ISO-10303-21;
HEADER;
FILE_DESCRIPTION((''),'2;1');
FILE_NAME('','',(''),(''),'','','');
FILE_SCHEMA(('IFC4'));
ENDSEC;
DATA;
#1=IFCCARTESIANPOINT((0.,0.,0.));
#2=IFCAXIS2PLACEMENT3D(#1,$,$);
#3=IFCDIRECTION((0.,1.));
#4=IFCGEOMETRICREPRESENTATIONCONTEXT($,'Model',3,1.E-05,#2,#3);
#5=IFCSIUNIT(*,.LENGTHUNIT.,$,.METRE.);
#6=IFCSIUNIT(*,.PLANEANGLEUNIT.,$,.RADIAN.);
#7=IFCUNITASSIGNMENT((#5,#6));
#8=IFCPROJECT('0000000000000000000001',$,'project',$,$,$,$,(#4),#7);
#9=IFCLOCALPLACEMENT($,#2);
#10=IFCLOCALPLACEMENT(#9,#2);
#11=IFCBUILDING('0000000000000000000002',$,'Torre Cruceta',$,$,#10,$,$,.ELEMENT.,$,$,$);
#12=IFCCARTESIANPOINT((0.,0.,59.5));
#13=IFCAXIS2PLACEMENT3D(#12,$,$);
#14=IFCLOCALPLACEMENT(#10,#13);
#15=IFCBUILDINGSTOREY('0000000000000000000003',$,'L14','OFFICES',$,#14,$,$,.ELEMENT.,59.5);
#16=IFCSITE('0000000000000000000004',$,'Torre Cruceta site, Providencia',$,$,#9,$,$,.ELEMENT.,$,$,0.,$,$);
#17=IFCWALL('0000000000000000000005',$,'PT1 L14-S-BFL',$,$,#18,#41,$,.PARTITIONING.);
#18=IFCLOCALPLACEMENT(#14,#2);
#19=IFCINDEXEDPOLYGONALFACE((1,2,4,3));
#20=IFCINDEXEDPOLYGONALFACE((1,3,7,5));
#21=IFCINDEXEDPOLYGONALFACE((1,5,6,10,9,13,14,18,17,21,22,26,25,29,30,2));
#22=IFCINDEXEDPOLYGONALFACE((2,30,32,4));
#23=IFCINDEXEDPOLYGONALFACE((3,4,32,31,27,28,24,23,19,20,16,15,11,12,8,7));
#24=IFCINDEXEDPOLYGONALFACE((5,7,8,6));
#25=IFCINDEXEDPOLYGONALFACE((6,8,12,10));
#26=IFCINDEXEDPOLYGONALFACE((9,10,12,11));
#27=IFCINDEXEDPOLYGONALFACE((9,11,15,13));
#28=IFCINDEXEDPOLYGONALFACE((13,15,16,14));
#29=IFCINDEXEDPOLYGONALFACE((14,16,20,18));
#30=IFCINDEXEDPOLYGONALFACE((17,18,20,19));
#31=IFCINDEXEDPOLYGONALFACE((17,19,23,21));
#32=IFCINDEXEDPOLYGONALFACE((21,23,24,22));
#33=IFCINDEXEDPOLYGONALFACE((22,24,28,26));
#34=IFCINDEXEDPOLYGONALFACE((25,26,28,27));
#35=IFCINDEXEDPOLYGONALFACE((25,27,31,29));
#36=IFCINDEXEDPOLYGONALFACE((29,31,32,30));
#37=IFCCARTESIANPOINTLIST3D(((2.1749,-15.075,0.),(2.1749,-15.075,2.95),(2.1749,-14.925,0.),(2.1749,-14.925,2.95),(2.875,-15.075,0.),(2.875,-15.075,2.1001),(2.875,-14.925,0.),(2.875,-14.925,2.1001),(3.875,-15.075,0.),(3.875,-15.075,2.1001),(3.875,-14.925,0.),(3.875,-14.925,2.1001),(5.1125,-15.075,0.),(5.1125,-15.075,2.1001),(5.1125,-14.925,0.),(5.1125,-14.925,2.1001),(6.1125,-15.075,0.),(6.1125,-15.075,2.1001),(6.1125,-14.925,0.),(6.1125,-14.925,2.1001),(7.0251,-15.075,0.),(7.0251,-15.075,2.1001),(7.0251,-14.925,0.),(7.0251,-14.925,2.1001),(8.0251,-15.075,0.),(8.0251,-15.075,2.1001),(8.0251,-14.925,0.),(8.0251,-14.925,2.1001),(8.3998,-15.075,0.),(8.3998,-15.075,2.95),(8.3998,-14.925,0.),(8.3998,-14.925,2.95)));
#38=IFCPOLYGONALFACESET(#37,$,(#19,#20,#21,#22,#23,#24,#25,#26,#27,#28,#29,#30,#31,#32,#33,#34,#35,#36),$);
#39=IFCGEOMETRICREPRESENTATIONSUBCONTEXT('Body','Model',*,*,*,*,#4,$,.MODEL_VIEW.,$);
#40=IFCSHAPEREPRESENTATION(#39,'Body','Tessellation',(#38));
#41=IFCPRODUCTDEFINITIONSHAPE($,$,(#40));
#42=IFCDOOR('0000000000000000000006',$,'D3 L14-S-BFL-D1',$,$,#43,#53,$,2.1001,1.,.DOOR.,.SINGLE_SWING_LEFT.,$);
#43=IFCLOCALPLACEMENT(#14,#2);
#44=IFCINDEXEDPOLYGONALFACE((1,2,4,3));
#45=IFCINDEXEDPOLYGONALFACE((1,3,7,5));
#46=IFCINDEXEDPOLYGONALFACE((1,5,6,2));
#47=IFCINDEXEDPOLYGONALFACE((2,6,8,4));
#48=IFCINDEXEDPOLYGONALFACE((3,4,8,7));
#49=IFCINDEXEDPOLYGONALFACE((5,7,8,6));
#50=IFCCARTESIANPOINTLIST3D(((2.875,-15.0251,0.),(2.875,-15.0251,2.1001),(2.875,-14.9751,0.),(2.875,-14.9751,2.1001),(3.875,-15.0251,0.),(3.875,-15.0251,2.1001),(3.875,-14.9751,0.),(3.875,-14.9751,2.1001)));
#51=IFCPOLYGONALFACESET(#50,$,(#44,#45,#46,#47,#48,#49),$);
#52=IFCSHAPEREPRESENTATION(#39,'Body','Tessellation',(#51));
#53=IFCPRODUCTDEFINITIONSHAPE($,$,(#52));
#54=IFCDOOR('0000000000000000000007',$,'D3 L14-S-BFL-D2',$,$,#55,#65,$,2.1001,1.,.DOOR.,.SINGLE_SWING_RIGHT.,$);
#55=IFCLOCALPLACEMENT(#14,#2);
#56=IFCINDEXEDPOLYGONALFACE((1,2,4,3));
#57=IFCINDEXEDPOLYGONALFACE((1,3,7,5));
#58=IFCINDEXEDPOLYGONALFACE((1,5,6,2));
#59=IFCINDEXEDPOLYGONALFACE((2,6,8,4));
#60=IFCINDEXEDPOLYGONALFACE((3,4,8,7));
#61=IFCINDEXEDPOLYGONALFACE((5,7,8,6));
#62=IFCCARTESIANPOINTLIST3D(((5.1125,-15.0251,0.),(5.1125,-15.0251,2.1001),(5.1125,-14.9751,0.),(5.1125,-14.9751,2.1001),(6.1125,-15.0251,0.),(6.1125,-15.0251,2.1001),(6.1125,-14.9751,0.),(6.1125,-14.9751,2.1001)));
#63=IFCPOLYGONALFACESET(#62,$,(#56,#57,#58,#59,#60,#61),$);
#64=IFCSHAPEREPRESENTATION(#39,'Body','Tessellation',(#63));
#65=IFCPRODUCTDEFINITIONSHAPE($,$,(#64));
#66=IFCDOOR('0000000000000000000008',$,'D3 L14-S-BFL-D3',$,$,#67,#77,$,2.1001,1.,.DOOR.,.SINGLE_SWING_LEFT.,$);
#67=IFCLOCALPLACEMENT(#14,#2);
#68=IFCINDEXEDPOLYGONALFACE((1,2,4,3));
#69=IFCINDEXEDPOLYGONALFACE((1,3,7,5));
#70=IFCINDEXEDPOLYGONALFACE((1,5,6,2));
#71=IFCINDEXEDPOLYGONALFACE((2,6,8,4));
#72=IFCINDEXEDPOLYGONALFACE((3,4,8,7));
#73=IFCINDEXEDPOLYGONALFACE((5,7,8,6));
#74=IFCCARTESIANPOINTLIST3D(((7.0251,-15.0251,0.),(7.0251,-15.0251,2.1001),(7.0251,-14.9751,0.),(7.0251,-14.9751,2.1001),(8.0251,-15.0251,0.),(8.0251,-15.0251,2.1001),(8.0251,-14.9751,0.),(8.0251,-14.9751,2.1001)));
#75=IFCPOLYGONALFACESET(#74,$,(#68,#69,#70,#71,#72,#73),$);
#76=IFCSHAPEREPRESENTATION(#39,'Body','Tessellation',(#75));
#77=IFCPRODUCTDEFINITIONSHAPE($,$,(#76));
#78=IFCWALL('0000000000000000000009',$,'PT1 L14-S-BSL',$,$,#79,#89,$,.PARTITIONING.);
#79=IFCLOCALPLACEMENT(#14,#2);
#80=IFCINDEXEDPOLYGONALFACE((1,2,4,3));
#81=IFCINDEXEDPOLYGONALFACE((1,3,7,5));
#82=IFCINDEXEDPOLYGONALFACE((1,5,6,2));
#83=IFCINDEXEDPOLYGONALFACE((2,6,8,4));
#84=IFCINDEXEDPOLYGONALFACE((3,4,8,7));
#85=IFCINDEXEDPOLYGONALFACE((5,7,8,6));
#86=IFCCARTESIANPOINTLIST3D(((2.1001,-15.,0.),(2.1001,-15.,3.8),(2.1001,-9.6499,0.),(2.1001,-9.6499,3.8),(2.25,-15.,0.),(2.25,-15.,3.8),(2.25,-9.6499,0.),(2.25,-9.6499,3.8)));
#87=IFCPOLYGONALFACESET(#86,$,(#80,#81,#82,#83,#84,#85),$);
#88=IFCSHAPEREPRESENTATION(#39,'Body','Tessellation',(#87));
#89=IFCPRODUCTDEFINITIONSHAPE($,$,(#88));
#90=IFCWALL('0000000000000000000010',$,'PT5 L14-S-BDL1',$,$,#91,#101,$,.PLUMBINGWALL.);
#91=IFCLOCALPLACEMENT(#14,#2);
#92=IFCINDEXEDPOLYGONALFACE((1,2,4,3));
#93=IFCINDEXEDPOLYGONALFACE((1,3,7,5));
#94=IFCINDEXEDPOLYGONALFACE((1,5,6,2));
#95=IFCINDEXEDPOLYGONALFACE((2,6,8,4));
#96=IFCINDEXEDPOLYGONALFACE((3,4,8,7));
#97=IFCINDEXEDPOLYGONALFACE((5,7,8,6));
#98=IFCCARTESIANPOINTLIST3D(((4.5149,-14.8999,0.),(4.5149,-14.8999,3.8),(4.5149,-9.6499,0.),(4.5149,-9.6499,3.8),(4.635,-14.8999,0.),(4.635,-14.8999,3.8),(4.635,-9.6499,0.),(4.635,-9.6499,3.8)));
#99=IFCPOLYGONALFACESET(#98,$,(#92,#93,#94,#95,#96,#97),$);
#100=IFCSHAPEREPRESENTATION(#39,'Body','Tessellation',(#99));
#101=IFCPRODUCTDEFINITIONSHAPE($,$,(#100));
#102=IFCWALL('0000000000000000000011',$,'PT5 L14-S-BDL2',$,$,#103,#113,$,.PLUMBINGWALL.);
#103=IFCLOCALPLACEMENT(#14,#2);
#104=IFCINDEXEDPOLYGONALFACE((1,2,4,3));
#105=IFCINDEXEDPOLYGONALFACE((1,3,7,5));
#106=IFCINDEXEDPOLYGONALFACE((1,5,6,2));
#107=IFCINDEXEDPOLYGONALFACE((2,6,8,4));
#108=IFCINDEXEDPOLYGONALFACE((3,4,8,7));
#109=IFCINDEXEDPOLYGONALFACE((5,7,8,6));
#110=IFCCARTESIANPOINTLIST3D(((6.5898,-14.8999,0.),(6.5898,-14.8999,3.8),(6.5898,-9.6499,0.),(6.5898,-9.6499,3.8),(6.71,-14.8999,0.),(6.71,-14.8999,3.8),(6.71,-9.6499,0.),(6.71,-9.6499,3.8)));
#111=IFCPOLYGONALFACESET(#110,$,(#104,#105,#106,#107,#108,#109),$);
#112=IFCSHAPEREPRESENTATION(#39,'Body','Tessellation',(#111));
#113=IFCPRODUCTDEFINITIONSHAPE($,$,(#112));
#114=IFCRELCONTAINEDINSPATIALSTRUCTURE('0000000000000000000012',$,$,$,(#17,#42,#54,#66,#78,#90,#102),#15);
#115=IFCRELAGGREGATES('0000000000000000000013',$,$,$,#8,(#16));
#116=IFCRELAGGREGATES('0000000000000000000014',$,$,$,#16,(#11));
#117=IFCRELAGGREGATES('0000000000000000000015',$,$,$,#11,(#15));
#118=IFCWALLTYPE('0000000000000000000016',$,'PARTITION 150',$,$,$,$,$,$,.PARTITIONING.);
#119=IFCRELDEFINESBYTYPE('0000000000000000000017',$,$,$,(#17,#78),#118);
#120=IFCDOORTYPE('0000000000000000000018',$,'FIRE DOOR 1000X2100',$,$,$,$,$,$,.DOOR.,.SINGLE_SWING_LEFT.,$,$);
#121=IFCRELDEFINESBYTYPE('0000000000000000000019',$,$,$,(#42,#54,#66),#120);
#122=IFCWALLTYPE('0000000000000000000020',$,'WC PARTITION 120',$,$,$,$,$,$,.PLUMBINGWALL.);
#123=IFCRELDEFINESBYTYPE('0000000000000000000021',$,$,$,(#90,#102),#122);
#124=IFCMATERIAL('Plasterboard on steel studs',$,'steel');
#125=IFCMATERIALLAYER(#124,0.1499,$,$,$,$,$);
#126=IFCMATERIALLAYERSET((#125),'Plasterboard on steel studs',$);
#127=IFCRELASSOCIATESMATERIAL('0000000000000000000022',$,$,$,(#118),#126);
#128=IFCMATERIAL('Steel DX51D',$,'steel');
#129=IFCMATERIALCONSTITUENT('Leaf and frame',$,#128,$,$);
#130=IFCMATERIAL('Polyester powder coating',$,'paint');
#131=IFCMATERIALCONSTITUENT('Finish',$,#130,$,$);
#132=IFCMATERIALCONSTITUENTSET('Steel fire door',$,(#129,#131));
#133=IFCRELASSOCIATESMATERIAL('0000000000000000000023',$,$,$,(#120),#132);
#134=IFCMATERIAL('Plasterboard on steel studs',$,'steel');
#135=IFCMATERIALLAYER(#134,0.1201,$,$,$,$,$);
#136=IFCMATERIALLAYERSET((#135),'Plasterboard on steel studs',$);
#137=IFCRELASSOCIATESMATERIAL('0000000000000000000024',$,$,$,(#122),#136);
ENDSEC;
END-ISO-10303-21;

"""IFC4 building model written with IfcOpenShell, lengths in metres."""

from ifc_helpers import new_model, si_unit, direction, frame, frame_2d, origin, place, context, subcontext, project, spatial, rectangle, extrude, material, layer, layer_set, constituent, constituent_set, type_object, element, fill, save


model = new_model("IFC4")

# Units and contexts
model_context = context("Model", 3, precision=1e-05, world=origin(), true_north=direction((0.0, 1.0)))
body_context = subcontext(model_context, "Body", "Model", "MODEL_VIEW")
ifc_project = project(units=[si_unit("LENGTHUNIT", "METRE"), si_unit("PLANEANGLEUNIT", "RADIAN")], contexts=[model_context])

# Site, building, storey
site_placement = place(None, origin())
site = spatial("IfcSite", under=ifc_project, at=site_placement, Name="Torre Cruceta site, Providencia", CompositionType="ELEMENT", RefElevation=0.0)
building_placement = place(site_placement, origin())
building = spatial("IfcBuilding", under=site, at=building_placement, Name="Torre Cruceta", CompositionType="ELEMENT")
storey_placement = place(building_placement, frame((0.0, 0.0, 59.5)))
storey = spatial("IfcBuildingStorey", under=building, at=storey_placement, Name="L14", Description="OFFICES", CompositionType="ELEMENT", Elevation=59.5)

# Wall, openings, doors
ifc_material_1 = material(Name="Plasterboard on steel studs", Category="steel")
ifc_layer_1 = layer(ifc_material_1, 0.1499)
ifc_layer_set_1 = layer_set([ifc_layer_1], Name="Plasterboard on steel studs")
wall_type_1 = type_object("IfcWallType", Name="PARTITION 150", PredefinedType="PARTITIONING", material=ifc_layer_set_1)
wall_1_placement = place(storey_placement, frame((2.175, -15.0, 0.0), z_axis=(0.0, 0.0, 1.0), x_axis=(1.0, 0.0, 0.0)))
wall_1 = element("IfcWall", 1, at=wall_1_placement, inside=storey, type_object=wall_type_1, Name="PT1 L14-S-BFL", PredefinedType="PARTITIONING", context=body_context, shape_type="SweptSolid", body=[
    extrude(rectangle(XDim=6.2249, YDim=0.1499, at=frame_2d((3.1123, 0.0))), origin(), (0.0, 0.0, 1.0), 2.95),
])
opening_1_placement = place(wall_1_placement, frame((0.7, 0.0, 0.0)))
opening_1 = element("IfcOpeningElement", 2, at=opening_1_placement, cuts=wall_1, PredefinedType="OPENING", context=body_context, shape_type="SweptSolid", body=[
    extrude(rectangle(XDim=1.0, YDim=2.1001, at=frame_2d((0.5, 1.05))), frame((0.0, 0.085, 0.0), z_axis=(0.0, -1.0, 0.0), x_axis=(1.0, 0.0, 0.0)), (0.0, 0.0, 1.0), 0.1699),
])
opening_2_placement = place(wall_1_placement, frame((2.9375, 0.0, 0.0)))
opening_2 = element("IfcOpeningElement", 3, at=opening_2_placement, cuts=wall_1, PredefinedType="OPENING", context=body_context, shape_type="SweptSolid", body=[
    extrude(rectangle(XDim=1.0, YDim=2.1001, at=frame_2d((0.5, 1.05))), frame((0.0, 0.085, 0.0), z_axis=(0.0, -1.0, 0.0), x_axis=(1.0, 0.0, 0.0)), (0.0, 0.0, 1.0), 0.1699),
])
opening_3_placement = place(wall_1_placement, frame((4.8501, 0.0, 0.0)))
opening_3 = element("IfcOpeningElement", 4, at=opening_3_placement, cuts=wall_1, PredefinedType="OPENING", context=body_context, shape_type="SweptSolid", body=[
    extrude(rectangle(XDim=1.0, YDim=2.1001, at=frame_2d((0.5, 1.05))), frame((0.0, 0.085, 0.0), z_axis=(0.0, -1.0, 0.0), x_axis=(1.0, 0.0, 0.0)), (0.0, 0.0, 1.0), 0.1699),
])
ifc_material_2 = material(Name="Steel DX51D", Category="steel")
ifc_constituent_1 = constituent(ifc_material_2, Name="Leaf and frame")
ifc_material_3 = material(Name="Polyester powder coating", Category="paint")
ifc_constituent_2 = constituent(ifc_material_3, Name="Finish")
ifc_constituent_set_1 = constituent_set(constituents=[ifc_constituent_1, ifc_constituent_2], Name="Steel fire door")
door_type = type_object("IfcDoorType", Name="FIRE DOOR 1000X2100", OperationType="SINGLE_SWING_LEFT", PredefinedType="DOOR", material=ifc_constituent_set_1)
door_1_placement = place(opening_1_placement, origin())
door_1 = element("IfcDoor", 5, at=door_1_placement, inside=storey, type_object=door_type, Name="D3 L14-S-BFL-D1", OperationType="SINGLE_SWING_LEFT", OverallHeight=2.1001, OverallWidth=1.0, PredefinedType="DOOR", context=body_context, shape_type="SweptSolid", body=[
    extrude(rectangle(XDim=1.0, YDim=2.1001, at=frame_2d((0.5, 1.05))), frame((0.0, 0.0249, 0.0), z_axis=(0.0, -1.0, 0.0), x_axis=(1.0, 0.0, 0.0)), (0.0, 0.0, 1.0), 0.05),
])
fill(opening_1, door_1)
door_2_placement = place(opening_2_placement, origin())
door_2 = element("IfcDoor", 6, at=door_2_placement, inside=storey, type_object=door_type, Name="D3 L14-S-BFL-D2", OperationType="SINGLE_SWING_RIGHT", OverallHeight=2.1001, OverallWidth=1.0, PredefinedType="DOOR", context=body_context, shape_type="SweptSolid", body=[
    extrude(rectangle(XDim=1.0, YDim=2.1001, at=frame_2d((0.5, 1.05))), frame((0.0, 0.0249, 0.0), z_axis=(0.0, -1.0, 0.0), x_axis=(1.0, 0.0, 0.0)), (0.0, 0.0, 1.0), 0.05),
])
fill(opening_2, door_2)
door_3_placement = place(opening_3_placement, origin())
door_3 = element("IfcDoor", 7, at=door_3_placement, inside=storey, type_object=door_type, Name="D3 L14-S-BFL-D3", OperationType="SINGLE_SWING_LEFT", OverallHeight=2.1001, OverallWidth=1.0, PredefinedType="DOOR", context=body_context, shape_type="SweptSolid", body=[
    extrude(rectangle(XDim=1.0, YDim=2.1001, at=frame_2d((0.5, 1.05))), frame((0.0, 0.0249, 0.0), z_axis=(0.0, -1.0, 0.0), x_axis=(1.0, 0.0, 0.0)), (0.0, 0.0, 1.0), 0.05),
])
fill(opening_3, door_3)

# Walls
wall_2_placement = place(storey_placement, frame((2.175, -9.6499, 0.0), z_axis=(0.0, 0.0, 1.0), x_axis=(0.0, -1.0, 0.0)))
element("IfcWall", 8, at=wall_2_placement, inside=storey, type_object=wall_type_1, Name="PT1 L14-S-BSL", PredefinedType="PARTITIONING", context=body_context, shape_type="SweptSolid", body=[
    extrude(rectangle(XDim=5.3501, YDim=0.1499, at=frame_2d((2.675, 0.0))), origin(), (0.0, 0.0, 1.0), 3.8),
])
ifc_material_4 = material(Name="Plasterboard on steel studs", Category="steel")
ifc_layer_2 = layer(ifc_material_4, 0.1201)
ifc_layer_set_2 = layer_set([ifc_layer_2], Name="Plasterboard on steel studs")
wall_type_2 = type_object("IfcWallType", Name="WC PARTITION 120", PredefinedType="PLUMBINGWALL", material=ifc_layer_set_2)
for number, where, z_axis, x_axis, name in (
    (9, (4.575, -9.6499, 0.0), (0.0, 0.0, 1.0), (0.0, -1.0, 0.0), "PT5 L14-S-BDL1"),
    (10, (6.6499, -9.6499, 0.0), (0.0, 0.0, 1.0), (0.0, -1.0, 0.0), "PT5 L14-S-BDL2"),
):
    element("IfcWall", number, at=place(storey_placement, frame(where, z_axis=z_axis, x_axis=x_axis)), inside=storey, type_object=wall_type_2, Name=name, PredefinedType="PLUMBINGWALL", context=body_context, shape_type="SweptSolid", body=[
        extrude(rectangle(XDim=5.25, YDim=0.1201, at=frame_2d((2.625, 0.0))), origin(), (0.0, 0.0, 1.0), 3.8),
    ])

save(model, "model.ifc")
